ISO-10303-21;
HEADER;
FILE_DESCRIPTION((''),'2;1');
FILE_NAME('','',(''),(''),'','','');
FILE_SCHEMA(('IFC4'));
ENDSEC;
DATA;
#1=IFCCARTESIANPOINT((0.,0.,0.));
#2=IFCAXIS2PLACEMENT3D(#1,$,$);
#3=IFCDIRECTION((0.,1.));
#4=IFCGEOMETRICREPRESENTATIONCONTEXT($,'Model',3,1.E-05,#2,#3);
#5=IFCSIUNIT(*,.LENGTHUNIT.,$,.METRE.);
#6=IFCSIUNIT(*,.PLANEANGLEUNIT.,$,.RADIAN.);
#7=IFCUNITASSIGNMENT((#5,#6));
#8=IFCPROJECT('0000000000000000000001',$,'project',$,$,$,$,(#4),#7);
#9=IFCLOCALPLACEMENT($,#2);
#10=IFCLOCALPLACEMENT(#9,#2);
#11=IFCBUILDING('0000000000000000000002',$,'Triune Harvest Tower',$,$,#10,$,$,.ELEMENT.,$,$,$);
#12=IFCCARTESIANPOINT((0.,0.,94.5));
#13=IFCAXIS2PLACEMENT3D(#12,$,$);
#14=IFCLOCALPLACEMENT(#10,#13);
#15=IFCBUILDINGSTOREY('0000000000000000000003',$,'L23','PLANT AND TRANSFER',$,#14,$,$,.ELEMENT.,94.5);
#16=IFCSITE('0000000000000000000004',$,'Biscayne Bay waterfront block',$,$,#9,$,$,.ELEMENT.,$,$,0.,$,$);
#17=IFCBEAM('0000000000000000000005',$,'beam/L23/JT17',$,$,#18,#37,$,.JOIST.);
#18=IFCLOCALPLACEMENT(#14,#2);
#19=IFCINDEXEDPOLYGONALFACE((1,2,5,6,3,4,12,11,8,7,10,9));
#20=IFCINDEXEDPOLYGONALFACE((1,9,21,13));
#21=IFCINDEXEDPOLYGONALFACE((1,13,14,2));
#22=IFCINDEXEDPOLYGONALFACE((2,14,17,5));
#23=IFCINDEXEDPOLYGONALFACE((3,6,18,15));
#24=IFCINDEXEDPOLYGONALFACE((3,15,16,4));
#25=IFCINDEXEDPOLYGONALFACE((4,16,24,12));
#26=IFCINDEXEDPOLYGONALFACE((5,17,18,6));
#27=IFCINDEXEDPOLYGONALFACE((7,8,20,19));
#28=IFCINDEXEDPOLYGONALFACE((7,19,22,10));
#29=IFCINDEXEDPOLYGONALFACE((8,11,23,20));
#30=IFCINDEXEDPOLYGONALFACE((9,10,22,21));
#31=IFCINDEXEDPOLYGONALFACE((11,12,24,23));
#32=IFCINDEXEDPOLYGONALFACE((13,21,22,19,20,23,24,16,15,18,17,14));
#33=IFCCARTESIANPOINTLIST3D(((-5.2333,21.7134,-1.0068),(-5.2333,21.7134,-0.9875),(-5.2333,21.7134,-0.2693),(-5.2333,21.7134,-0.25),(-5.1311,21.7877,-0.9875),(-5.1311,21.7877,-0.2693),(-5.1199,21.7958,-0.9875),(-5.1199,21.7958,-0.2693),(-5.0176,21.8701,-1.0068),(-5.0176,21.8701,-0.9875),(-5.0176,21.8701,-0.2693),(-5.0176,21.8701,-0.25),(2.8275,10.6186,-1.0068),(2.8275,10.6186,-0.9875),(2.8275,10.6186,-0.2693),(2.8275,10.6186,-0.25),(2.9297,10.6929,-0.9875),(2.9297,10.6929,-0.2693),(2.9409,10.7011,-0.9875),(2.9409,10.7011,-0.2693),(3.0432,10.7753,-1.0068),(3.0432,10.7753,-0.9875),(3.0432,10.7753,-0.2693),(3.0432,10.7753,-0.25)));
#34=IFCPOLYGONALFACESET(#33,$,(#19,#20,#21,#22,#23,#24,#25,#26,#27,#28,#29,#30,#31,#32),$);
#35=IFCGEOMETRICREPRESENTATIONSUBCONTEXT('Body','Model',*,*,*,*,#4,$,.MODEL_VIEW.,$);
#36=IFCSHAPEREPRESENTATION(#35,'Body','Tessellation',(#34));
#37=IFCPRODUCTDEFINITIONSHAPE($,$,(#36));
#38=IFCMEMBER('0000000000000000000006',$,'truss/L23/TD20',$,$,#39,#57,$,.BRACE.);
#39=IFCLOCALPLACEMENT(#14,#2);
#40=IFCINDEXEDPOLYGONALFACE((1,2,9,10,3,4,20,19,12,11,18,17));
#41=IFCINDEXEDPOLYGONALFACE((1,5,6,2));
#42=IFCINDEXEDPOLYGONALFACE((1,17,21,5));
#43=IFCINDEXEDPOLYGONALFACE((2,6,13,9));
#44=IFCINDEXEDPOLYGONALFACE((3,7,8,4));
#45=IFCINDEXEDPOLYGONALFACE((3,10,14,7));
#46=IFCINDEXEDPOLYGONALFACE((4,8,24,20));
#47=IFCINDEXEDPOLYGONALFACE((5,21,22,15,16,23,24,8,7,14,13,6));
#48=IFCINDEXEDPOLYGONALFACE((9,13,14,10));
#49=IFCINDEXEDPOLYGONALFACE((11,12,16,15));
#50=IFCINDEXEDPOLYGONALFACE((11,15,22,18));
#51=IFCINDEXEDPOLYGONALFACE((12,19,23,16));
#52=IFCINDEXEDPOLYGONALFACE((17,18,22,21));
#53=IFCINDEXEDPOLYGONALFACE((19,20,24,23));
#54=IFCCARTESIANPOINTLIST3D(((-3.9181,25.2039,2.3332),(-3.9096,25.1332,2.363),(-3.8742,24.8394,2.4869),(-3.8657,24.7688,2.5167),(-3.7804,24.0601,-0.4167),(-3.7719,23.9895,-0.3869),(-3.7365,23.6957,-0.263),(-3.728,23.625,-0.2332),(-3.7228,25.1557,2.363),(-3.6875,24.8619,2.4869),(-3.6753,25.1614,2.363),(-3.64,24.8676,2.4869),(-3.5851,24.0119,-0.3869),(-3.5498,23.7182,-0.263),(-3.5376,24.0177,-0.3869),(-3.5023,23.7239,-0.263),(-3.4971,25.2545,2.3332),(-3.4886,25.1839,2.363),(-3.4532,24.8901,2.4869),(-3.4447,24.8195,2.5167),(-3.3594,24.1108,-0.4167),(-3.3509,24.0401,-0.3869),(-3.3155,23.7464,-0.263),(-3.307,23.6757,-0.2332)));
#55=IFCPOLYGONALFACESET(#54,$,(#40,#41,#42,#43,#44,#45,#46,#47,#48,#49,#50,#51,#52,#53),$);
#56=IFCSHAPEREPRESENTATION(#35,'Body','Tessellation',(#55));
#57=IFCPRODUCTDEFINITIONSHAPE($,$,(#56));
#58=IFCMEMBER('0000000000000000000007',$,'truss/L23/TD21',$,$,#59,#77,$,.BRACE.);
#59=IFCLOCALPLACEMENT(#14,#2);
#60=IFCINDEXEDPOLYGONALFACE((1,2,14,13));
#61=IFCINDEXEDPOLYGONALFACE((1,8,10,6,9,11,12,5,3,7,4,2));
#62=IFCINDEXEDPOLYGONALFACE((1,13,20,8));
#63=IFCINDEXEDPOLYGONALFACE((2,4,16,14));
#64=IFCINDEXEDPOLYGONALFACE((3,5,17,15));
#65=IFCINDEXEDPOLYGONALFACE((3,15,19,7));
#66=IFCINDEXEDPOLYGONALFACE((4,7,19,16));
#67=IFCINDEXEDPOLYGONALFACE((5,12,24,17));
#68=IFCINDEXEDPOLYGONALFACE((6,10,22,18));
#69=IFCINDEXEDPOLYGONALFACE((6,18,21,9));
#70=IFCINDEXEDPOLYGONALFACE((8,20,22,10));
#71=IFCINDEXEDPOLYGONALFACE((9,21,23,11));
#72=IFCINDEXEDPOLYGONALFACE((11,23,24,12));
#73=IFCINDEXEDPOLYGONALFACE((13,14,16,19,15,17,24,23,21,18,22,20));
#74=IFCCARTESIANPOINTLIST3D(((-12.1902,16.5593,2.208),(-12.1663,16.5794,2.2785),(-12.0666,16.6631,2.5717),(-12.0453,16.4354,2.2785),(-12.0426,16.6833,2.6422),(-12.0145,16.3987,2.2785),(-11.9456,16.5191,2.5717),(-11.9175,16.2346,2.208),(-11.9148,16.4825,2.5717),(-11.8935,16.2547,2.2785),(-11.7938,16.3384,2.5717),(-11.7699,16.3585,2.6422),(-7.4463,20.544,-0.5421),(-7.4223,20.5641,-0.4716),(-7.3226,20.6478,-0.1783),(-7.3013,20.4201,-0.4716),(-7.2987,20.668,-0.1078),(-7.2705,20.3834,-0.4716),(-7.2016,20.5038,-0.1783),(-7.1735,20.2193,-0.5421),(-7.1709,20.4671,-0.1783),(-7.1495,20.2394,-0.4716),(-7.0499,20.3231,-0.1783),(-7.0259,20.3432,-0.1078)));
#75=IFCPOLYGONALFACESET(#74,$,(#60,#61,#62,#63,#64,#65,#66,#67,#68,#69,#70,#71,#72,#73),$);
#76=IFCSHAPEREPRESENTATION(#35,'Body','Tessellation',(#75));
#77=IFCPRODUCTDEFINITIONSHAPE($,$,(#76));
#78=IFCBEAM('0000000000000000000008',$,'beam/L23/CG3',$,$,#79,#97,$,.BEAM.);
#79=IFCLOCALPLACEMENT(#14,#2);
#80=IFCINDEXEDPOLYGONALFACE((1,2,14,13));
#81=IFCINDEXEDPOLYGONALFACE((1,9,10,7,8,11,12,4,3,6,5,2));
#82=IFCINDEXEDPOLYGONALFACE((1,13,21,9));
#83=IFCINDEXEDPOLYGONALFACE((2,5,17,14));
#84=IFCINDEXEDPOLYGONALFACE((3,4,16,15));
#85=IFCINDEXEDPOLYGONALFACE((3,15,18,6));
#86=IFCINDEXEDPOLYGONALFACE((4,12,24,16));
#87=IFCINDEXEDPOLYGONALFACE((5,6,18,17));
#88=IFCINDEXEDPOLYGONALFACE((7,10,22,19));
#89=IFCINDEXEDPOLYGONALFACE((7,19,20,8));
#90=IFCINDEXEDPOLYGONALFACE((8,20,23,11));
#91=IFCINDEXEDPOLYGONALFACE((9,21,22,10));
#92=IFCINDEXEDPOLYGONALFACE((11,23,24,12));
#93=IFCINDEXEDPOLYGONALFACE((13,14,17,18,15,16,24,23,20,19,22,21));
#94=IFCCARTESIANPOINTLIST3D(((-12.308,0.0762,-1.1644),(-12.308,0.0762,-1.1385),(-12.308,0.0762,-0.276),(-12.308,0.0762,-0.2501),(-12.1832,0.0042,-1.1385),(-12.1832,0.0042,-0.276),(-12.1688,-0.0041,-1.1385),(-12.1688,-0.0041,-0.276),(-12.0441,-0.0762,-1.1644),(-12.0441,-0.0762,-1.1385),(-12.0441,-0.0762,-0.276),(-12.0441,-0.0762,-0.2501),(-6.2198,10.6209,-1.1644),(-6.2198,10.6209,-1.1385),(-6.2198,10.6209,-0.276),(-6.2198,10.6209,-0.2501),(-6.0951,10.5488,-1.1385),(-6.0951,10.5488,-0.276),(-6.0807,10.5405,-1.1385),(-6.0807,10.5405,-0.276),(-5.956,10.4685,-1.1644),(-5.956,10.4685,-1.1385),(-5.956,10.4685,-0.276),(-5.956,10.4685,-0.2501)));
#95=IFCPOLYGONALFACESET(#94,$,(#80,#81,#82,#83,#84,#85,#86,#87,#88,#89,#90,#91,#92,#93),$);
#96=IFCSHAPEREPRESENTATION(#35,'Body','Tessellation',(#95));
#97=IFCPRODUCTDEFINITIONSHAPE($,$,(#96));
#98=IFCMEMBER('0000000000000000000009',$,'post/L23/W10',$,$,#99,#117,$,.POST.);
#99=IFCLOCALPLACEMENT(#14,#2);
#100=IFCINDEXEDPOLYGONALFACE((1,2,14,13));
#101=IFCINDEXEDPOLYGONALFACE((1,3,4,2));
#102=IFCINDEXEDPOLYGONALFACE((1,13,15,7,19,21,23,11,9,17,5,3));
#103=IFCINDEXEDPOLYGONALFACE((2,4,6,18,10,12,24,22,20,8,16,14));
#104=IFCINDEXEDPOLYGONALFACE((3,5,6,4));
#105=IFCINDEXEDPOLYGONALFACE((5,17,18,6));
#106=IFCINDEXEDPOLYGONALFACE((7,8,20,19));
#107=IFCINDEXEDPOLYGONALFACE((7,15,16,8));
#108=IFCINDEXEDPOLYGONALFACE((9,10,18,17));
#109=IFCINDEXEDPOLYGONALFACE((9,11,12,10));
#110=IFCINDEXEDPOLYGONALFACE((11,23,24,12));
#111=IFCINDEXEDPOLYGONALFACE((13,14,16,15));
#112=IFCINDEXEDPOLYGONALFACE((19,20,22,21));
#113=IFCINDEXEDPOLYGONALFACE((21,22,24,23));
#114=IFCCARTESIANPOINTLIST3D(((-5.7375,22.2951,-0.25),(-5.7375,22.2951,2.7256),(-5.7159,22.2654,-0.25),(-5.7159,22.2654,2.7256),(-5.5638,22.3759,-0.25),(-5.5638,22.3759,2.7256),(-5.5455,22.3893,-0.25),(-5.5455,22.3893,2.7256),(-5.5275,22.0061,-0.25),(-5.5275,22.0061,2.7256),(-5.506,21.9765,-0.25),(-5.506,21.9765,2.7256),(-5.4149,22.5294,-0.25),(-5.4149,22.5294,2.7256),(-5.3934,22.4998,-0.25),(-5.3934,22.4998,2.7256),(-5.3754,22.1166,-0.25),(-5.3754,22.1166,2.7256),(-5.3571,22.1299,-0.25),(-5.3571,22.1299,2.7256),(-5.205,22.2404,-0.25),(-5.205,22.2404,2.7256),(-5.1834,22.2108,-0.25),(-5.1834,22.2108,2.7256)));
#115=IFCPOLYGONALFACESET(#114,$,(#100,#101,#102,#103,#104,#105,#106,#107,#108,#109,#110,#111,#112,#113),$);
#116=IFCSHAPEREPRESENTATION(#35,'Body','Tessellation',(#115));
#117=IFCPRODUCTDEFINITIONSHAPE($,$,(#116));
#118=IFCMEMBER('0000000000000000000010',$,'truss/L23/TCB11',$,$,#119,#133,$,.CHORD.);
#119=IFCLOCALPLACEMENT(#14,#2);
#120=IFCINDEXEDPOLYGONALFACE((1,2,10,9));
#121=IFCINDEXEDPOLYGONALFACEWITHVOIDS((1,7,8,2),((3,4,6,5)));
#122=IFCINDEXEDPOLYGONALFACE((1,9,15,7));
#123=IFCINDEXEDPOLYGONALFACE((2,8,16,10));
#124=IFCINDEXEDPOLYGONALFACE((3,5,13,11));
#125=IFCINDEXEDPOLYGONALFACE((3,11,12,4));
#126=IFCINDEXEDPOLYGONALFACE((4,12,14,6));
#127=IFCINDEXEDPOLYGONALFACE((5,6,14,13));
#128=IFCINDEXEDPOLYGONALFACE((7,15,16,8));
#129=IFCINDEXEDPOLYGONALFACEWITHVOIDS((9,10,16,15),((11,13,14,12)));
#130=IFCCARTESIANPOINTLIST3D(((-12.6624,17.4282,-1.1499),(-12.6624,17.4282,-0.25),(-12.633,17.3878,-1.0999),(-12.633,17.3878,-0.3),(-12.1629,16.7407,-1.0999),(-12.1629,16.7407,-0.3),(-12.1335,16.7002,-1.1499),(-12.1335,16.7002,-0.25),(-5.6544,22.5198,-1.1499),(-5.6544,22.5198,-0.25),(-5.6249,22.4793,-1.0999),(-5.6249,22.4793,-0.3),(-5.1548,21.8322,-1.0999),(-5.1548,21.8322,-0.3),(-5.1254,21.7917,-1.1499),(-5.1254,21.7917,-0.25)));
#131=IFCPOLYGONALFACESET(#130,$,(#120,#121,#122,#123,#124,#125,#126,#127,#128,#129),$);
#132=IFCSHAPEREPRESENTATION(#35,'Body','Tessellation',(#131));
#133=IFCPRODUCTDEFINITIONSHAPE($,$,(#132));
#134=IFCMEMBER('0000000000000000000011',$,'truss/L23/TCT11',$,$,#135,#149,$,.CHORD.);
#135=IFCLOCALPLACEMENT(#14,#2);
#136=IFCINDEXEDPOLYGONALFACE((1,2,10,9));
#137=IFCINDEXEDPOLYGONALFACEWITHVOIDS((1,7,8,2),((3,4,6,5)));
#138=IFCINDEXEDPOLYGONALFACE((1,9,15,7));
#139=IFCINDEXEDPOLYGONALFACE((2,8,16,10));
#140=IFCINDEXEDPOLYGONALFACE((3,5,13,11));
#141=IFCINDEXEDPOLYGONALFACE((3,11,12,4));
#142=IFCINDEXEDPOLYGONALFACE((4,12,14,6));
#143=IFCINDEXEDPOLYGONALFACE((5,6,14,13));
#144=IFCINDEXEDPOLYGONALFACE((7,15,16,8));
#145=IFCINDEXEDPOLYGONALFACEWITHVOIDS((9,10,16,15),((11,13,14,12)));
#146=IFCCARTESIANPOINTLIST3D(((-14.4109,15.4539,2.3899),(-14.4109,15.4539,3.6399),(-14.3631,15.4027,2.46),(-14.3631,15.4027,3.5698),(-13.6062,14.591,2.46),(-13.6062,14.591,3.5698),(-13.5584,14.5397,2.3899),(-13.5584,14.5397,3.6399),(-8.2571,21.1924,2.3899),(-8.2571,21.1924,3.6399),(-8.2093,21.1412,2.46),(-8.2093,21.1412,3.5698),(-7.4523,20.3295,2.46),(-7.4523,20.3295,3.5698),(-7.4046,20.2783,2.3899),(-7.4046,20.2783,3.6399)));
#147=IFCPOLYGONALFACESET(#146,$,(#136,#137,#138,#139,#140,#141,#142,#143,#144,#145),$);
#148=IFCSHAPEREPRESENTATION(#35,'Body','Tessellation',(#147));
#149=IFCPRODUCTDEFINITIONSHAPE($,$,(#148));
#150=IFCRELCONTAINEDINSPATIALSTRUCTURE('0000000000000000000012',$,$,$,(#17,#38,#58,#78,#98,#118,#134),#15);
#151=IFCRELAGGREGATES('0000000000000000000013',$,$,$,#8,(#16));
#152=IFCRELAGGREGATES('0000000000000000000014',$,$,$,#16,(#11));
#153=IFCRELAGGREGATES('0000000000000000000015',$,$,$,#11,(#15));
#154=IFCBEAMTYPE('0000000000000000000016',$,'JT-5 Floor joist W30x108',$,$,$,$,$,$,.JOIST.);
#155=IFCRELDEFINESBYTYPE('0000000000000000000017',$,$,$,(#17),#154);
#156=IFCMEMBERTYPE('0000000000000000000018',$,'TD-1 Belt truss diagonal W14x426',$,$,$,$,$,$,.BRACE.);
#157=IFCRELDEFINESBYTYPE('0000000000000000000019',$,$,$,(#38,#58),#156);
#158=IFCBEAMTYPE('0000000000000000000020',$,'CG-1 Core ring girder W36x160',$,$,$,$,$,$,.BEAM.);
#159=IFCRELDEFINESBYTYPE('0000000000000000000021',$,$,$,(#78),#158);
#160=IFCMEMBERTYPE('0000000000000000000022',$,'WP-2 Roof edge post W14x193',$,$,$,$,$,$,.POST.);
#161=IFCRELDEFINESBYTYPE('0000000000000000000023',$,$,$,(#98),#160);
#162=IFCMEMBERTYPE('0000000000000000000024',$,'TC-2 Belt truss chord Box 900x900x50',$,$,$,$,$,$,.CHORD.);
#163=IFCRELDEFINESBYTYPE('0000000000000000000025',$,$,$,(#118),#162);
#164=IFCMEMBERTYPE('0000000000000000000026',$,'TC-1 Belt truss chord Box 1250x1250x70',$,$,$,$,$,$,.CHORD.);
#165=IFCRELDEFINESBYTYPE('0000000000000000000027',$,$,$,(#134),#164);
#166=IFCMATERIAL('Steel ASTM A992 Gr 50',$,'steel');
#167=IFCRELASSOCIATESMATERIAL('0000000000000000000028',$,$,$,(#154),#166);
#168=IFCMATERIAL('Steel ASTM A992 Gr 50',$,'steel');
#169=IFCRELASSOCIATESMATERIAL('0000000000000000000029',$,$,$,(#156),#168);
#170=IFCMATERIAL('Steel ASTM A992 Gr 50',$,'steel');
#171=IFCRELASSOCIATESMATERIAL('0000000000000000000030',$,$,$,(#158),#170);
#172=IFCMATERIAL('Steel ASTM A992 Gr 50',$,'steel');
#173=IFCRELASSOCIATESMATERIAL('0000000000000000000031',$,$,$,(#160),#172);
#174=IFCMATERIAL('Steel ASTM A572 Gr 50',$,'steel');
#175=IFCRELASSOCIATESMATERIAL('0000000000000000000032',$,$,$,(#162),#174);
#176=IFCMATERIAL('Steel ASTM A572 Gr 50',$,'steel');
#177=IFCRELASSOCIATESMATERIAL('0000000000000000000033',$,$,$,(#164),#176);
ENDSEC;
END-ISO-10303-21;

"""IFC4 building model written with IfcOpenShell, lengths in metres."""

from ifc_helpers import new_model, si_unit, direction, frame, origin, origin_2d, place, context, subcontext, project, spatial, hollow_rectangle, i_section, extrude, source, transform, mapped, material, material_profile, profile_set, type_object, element, save


model = new_model("IFC4")

# Units and contexts
model_context = context("Model", 3, precision=1e-05, world=origin(), true_north=direction((0.0, 1.0)))
body_context = subcontext(model_context, "Body", "Model", "MODEL_VIEW")
ifc_project = project(units=[si_unit("LENGTHUNIT", "METRE"), si_unit("PLANEANGLEUNIT", "RADIAN")], contexts=[model_context])

# Site, building, storey
site_placement = place(None, origin())
site = spatial("IfcSite", under=ifc_project, at=site_placement, Name="Biscayne Bay waterfront block", CompositionType="ELEMENT", RefElevation=0.0)
building_placement = place(site_placement, origin())
building = spatial("IfcBuilding", under=site, at=building_placement, Name="Triune Harvest Tower", CompositionType="ELEMENT")
storey_placement = place(building_placement, frame((0.0, 0.0, 94.5)))
storey = spatial("IfcBuildingStorey", under=building, at=storey_placement, Name="L23", Description="PLANT AND TRANSFER", CompositionType="ELEMENT", Elevation=94.5)

# Beam
ifc_material_1 = material(Name="Steel ASTM A992 Gr 50", Category="steel")
ifc_material_profile_1 = material_profile(ifc_material_1, i_section(OverallWidth=0.2666, OverallDepth=0.7568, WebThickness=0.0139, FlangeThickness=0.0193, at=origin_2d()), Name="W30x108")
ifc_profile_set_1 = profile_set([ifc_material_profile_1], Name="Steel ASTM A992 Gr 50")
beam_type_1 = type_object("IfcBeamType", Name="JT-5 Floor joist W30x108", PredefinedType="JOIST", material=ifc_profile_set_1)
beam_1_placement = place(storey_placement, frame((-5.1255, 21.7917, -0.6284), z_axis=(0.587785, -0.809017, 0.0), x_axis=(0.809017, 0.587785, 0.0)))
element("IfcBeam", 1, at=beam_1_placement, inside=storey, type_object=beam_type_1, Name="beam/L23/JT17", PredefinedType="JOIST", context=body_context, shape_type="SweptSolid", body=[
    extrude(i_section(OverallWidth=0.2666, OverallDepth=0.7568, WebThickness=0.0139, FlangeThickness=0.0193, at=origin_2d()), origin(), (0.0, 0.0, 1.0), 13.7139),
])

# Members
ifc_material_2 = material(Name="Steel ASTM A992 Gr 50", Category="steel")
ifc_material_profile_2 = material_profile(ifc_material_2, i_section(OverallWidth=0.4241, OverallDepth=0.4751, WebThickness=0.0479, FlangeThickness=0.0771, at=origin_2d()), Name="W14x426")
ifc_profile_set_2 = profile_set([ifc_material_profile_2], Name="Steel ASTM A992 Gr 50")
member_type_1 = type_object("IfcMemberType", Name="TD-1 Belt truss diagonal W14x426", PredefinedType="BRACE", material=ifc_profile_set_2)
member_1_placement = place(storey_placement, frame((-3.5437, 23.8679, -0.325), z_axis=(-0.046182, 0.383624, 0.922334), x_axis=(-0.992832, -0.119521, 0.0)))
element("IfcMember", 2, at=member_1_placement, inside=storey, type_object=member_type_1, Name="truss/L23/TD20", PredefinedType="BRACE", context=body_context, shape_type="SweptSolid", body=[
    extrude(i_section(OverallWidth=0.4241, OverallDepth=0.4751, WebThickness=0.0479, FlangeThickness=0.0771, at=origin_2d()), origin(), (0.0, 0.0, 1.0), 2.9814),
])
member_2_placement = place(storey_placement, frame((-7.2361, 20.4436, -0.325), z_axis=(-0.699874, -0.587856, 0.405711), x_axis=(0.643168, -0.765725, 0.0)))
element("IfcMember", 3, at=member_2_placement, inside=storey, type_object=member_type_1, Name="truss/L23/TD21", PredefinedType="BRACE", context=body_context, shape_type="SweptSolid", body=[
    extrude(i_section(OverallWidth=0.4241, OverallDepth=0.4751, WebThickness=0.0479, FlangeThickness=0.0771, at=origin_2d()), origin(), (0.0, 0.0, 1.0), 6.7783),
])

# Beam
ifc_material_3 = material(Name="Steel ASTM A992 Gr 50", Category="steel")
ifc_material_profile_3 = material_profile(ifc_material_3, i_section(OverallWidth=0.3047, OverallDepth=0.9143, WebThickness=0.0166, FlangeThickness=0.0259, at=origin_2d()), Name="W36x160")
ifc_profile_set_3 = profile_set([ifc_material_profile_3], Name="Steel ASTM A992 Gr 50")
beam_type_2 = type_object("IfcBeamType", Name="CG-1 Core ring girder W36x160", PredefinedType="BEAM", material=ifc_profile_set_3)
shared_shape_1 = source(origin(), body_context, "Body", "SweptSolid", [
    extrude(i_section(OverallWidth=0.3047, OverallDepth=0.9143, WebThickness=0.0166, FlangeThickness=0.0259, at=origin_2d()), origin(), (0.0, 0.0, 1.0), 12.176),
])
beam_2_placement = place(storey_placement, frame((-6.0879, 10.5447, -0.7073), z_axis=(-0.50001, -0.86602, 0.0), x_axis=(0.86602, -0.50001, 0.0)))
element("IfcBeam", 4, at=beam_2_placement, inside=storey, type_object=beam_type_2, Name="beam/L23/CG3", PredefinedType="BEAM", context=body_context, shape_type="MappedRepresentation", body=[
    mapped(shared_shape_1, transform((0.0, 0.0, 0.0), scale=1.0)),
])

# Members
ifc_material_4 = material(Name="Steel ASTM A992 Gr 50", Category="steel")
ifc_material_profile_4 = material_profile(ifc_material_4, i_section(OverallWidth=0.3987, OverallDepth=0.3938, WebThickness=0.0227, FlangeThickness=0.0366, at=origin_2d()), Name="W14x193")
ifc_profile_set_4 = profile_set([ifc_material_profile_4], Name="Steel ASTM A992 Gr 50")
member_type_2 = type_object("IfcMemberType", Name="WP-2 Roof edge post W14x193", PredefinedType="POST", material=ifc_profile_set_4)
shared_shape_2 = source(origin(), body_context, "Body", "SweptSolid", [
    extrude(i_section(OverallWidth=0.3987, OverallDepth=0.3938, WebThickness=0.0227, FlangeThickness=0.0366, at=origin_2d()), origin(), (0.0, 0.0, 1.0), 2.9756),
])
member_3_placement = place(storey_placement, frame((-5.4604, 22.2529, -0.25), z_axis=(0.0, 0.0, 1.0), x_axis=(-0.809017, -0.587785, 0.0)))
element("IfcMember", 5, at=member_3_placement, inside=storey, type_object=member_type_2, Name="post/L23/W10", PredefinedType="POST", context=body_context, shape_type="MappedRepresentation", body=[
    mapped(shared_shape_2, transform((0.0, 0.0, 0.0), scale=1.0)),
])
ifc_material_5 = material(Name="Steel ASTM A572 Gr 50", Category="steel")
ifc_material_profile_5 = material_profile(ifc_material_5, hollow_rectangle(XDim=0.8999, YDim=0.8999, WallThickness=0.05, at=origin_2d()), Name="Box 900x900x50")
ifc_profile_set_5 = profile_set([ifc_material_profile_5], Name="Steel ASTM A572 Gr 50")
member_type_3 = type_object("IfcMemberType", Name="TC-2 Belt truss chord Box 900x900x50", PredefinedType="CHORD", material=ifc_profile_set_5)
shared_shape_3 = source(origin(), body_context, "Body", "SweptSolid", [
    extrude(hollow_rectangle(XDim=0.8999, YDim=0.8999, WallThickness=0.05, at=origin_2d()), origin(), (0.0, 0.0, 1.0), 8.6624),
])
member_4_placement = place(storey_placement, frame((-5.3899, 22.1558, -0.7), z_axis=(-0.809022, -0.587778, 0.0), x_axis=(0.587778, -0.809022, 0.0)))
element("IfcMember", 6, at=member_4_placement, inside=storey, type_object=member_type_3, Name="truss/L23/TCB11", PredefinedType="CHORD", context=body_context, shape_type="MappedRepresentation", body=[
    mapped(shared_shape_3, transform((0.0, 0.0, 0.0), scale=1.0)),
])
ifc_material_6 = material(Name="Steel ASTM A572 Gr 50", Category="steel")
ifc_material_profile_6 = material_profile(ifc_material_6, hollow_rectangle(XDim=1.25, YDim=1.25, WallThickness=0.0701, at=origin_2d()), Name="Box 1250x1250x70")
ifc_profile_set_6 = profile_set([ifc_material_profile_6], Name="Steel ASTM A572 Gr 50")
member_type_4 = type_object("IfcMemberType", Name="TC-1 Belt truss chord Box 1250x1250x70", PredefinedType="CHORD", material=ifc_profile_set_6)
shared_shape_4 = source(origin(), body_context, "Body", "SweptSolid", [
    extrude(hollow_rectangle(XDim=1.25, YDim=1.25, WallThickness=0.0701, at=origin_2d()), origin(), (0.0, 0.0, 1.0), 8.4143),
])
member_5_placement = place(storey_placement, frame((-7.8308, 20.7354, 3.0149), z_axis=(-0.731353, -0.681999, 0.0), x_axis=(0.681999, -0.731353, 0.0)))
element("IfcMember", 7, at=member_5_placement, inside=storey, type_object=member_type_4, Name="truss/L23/TCT11", PredefinedType="CHORD", context=body_context, shape_type="MappedRepresentation", body=[
    mapped(shared_shape_4, transform((0.0, 0.0, 0.0), scale=1.0)),
])

save(model, "model.ifc")
